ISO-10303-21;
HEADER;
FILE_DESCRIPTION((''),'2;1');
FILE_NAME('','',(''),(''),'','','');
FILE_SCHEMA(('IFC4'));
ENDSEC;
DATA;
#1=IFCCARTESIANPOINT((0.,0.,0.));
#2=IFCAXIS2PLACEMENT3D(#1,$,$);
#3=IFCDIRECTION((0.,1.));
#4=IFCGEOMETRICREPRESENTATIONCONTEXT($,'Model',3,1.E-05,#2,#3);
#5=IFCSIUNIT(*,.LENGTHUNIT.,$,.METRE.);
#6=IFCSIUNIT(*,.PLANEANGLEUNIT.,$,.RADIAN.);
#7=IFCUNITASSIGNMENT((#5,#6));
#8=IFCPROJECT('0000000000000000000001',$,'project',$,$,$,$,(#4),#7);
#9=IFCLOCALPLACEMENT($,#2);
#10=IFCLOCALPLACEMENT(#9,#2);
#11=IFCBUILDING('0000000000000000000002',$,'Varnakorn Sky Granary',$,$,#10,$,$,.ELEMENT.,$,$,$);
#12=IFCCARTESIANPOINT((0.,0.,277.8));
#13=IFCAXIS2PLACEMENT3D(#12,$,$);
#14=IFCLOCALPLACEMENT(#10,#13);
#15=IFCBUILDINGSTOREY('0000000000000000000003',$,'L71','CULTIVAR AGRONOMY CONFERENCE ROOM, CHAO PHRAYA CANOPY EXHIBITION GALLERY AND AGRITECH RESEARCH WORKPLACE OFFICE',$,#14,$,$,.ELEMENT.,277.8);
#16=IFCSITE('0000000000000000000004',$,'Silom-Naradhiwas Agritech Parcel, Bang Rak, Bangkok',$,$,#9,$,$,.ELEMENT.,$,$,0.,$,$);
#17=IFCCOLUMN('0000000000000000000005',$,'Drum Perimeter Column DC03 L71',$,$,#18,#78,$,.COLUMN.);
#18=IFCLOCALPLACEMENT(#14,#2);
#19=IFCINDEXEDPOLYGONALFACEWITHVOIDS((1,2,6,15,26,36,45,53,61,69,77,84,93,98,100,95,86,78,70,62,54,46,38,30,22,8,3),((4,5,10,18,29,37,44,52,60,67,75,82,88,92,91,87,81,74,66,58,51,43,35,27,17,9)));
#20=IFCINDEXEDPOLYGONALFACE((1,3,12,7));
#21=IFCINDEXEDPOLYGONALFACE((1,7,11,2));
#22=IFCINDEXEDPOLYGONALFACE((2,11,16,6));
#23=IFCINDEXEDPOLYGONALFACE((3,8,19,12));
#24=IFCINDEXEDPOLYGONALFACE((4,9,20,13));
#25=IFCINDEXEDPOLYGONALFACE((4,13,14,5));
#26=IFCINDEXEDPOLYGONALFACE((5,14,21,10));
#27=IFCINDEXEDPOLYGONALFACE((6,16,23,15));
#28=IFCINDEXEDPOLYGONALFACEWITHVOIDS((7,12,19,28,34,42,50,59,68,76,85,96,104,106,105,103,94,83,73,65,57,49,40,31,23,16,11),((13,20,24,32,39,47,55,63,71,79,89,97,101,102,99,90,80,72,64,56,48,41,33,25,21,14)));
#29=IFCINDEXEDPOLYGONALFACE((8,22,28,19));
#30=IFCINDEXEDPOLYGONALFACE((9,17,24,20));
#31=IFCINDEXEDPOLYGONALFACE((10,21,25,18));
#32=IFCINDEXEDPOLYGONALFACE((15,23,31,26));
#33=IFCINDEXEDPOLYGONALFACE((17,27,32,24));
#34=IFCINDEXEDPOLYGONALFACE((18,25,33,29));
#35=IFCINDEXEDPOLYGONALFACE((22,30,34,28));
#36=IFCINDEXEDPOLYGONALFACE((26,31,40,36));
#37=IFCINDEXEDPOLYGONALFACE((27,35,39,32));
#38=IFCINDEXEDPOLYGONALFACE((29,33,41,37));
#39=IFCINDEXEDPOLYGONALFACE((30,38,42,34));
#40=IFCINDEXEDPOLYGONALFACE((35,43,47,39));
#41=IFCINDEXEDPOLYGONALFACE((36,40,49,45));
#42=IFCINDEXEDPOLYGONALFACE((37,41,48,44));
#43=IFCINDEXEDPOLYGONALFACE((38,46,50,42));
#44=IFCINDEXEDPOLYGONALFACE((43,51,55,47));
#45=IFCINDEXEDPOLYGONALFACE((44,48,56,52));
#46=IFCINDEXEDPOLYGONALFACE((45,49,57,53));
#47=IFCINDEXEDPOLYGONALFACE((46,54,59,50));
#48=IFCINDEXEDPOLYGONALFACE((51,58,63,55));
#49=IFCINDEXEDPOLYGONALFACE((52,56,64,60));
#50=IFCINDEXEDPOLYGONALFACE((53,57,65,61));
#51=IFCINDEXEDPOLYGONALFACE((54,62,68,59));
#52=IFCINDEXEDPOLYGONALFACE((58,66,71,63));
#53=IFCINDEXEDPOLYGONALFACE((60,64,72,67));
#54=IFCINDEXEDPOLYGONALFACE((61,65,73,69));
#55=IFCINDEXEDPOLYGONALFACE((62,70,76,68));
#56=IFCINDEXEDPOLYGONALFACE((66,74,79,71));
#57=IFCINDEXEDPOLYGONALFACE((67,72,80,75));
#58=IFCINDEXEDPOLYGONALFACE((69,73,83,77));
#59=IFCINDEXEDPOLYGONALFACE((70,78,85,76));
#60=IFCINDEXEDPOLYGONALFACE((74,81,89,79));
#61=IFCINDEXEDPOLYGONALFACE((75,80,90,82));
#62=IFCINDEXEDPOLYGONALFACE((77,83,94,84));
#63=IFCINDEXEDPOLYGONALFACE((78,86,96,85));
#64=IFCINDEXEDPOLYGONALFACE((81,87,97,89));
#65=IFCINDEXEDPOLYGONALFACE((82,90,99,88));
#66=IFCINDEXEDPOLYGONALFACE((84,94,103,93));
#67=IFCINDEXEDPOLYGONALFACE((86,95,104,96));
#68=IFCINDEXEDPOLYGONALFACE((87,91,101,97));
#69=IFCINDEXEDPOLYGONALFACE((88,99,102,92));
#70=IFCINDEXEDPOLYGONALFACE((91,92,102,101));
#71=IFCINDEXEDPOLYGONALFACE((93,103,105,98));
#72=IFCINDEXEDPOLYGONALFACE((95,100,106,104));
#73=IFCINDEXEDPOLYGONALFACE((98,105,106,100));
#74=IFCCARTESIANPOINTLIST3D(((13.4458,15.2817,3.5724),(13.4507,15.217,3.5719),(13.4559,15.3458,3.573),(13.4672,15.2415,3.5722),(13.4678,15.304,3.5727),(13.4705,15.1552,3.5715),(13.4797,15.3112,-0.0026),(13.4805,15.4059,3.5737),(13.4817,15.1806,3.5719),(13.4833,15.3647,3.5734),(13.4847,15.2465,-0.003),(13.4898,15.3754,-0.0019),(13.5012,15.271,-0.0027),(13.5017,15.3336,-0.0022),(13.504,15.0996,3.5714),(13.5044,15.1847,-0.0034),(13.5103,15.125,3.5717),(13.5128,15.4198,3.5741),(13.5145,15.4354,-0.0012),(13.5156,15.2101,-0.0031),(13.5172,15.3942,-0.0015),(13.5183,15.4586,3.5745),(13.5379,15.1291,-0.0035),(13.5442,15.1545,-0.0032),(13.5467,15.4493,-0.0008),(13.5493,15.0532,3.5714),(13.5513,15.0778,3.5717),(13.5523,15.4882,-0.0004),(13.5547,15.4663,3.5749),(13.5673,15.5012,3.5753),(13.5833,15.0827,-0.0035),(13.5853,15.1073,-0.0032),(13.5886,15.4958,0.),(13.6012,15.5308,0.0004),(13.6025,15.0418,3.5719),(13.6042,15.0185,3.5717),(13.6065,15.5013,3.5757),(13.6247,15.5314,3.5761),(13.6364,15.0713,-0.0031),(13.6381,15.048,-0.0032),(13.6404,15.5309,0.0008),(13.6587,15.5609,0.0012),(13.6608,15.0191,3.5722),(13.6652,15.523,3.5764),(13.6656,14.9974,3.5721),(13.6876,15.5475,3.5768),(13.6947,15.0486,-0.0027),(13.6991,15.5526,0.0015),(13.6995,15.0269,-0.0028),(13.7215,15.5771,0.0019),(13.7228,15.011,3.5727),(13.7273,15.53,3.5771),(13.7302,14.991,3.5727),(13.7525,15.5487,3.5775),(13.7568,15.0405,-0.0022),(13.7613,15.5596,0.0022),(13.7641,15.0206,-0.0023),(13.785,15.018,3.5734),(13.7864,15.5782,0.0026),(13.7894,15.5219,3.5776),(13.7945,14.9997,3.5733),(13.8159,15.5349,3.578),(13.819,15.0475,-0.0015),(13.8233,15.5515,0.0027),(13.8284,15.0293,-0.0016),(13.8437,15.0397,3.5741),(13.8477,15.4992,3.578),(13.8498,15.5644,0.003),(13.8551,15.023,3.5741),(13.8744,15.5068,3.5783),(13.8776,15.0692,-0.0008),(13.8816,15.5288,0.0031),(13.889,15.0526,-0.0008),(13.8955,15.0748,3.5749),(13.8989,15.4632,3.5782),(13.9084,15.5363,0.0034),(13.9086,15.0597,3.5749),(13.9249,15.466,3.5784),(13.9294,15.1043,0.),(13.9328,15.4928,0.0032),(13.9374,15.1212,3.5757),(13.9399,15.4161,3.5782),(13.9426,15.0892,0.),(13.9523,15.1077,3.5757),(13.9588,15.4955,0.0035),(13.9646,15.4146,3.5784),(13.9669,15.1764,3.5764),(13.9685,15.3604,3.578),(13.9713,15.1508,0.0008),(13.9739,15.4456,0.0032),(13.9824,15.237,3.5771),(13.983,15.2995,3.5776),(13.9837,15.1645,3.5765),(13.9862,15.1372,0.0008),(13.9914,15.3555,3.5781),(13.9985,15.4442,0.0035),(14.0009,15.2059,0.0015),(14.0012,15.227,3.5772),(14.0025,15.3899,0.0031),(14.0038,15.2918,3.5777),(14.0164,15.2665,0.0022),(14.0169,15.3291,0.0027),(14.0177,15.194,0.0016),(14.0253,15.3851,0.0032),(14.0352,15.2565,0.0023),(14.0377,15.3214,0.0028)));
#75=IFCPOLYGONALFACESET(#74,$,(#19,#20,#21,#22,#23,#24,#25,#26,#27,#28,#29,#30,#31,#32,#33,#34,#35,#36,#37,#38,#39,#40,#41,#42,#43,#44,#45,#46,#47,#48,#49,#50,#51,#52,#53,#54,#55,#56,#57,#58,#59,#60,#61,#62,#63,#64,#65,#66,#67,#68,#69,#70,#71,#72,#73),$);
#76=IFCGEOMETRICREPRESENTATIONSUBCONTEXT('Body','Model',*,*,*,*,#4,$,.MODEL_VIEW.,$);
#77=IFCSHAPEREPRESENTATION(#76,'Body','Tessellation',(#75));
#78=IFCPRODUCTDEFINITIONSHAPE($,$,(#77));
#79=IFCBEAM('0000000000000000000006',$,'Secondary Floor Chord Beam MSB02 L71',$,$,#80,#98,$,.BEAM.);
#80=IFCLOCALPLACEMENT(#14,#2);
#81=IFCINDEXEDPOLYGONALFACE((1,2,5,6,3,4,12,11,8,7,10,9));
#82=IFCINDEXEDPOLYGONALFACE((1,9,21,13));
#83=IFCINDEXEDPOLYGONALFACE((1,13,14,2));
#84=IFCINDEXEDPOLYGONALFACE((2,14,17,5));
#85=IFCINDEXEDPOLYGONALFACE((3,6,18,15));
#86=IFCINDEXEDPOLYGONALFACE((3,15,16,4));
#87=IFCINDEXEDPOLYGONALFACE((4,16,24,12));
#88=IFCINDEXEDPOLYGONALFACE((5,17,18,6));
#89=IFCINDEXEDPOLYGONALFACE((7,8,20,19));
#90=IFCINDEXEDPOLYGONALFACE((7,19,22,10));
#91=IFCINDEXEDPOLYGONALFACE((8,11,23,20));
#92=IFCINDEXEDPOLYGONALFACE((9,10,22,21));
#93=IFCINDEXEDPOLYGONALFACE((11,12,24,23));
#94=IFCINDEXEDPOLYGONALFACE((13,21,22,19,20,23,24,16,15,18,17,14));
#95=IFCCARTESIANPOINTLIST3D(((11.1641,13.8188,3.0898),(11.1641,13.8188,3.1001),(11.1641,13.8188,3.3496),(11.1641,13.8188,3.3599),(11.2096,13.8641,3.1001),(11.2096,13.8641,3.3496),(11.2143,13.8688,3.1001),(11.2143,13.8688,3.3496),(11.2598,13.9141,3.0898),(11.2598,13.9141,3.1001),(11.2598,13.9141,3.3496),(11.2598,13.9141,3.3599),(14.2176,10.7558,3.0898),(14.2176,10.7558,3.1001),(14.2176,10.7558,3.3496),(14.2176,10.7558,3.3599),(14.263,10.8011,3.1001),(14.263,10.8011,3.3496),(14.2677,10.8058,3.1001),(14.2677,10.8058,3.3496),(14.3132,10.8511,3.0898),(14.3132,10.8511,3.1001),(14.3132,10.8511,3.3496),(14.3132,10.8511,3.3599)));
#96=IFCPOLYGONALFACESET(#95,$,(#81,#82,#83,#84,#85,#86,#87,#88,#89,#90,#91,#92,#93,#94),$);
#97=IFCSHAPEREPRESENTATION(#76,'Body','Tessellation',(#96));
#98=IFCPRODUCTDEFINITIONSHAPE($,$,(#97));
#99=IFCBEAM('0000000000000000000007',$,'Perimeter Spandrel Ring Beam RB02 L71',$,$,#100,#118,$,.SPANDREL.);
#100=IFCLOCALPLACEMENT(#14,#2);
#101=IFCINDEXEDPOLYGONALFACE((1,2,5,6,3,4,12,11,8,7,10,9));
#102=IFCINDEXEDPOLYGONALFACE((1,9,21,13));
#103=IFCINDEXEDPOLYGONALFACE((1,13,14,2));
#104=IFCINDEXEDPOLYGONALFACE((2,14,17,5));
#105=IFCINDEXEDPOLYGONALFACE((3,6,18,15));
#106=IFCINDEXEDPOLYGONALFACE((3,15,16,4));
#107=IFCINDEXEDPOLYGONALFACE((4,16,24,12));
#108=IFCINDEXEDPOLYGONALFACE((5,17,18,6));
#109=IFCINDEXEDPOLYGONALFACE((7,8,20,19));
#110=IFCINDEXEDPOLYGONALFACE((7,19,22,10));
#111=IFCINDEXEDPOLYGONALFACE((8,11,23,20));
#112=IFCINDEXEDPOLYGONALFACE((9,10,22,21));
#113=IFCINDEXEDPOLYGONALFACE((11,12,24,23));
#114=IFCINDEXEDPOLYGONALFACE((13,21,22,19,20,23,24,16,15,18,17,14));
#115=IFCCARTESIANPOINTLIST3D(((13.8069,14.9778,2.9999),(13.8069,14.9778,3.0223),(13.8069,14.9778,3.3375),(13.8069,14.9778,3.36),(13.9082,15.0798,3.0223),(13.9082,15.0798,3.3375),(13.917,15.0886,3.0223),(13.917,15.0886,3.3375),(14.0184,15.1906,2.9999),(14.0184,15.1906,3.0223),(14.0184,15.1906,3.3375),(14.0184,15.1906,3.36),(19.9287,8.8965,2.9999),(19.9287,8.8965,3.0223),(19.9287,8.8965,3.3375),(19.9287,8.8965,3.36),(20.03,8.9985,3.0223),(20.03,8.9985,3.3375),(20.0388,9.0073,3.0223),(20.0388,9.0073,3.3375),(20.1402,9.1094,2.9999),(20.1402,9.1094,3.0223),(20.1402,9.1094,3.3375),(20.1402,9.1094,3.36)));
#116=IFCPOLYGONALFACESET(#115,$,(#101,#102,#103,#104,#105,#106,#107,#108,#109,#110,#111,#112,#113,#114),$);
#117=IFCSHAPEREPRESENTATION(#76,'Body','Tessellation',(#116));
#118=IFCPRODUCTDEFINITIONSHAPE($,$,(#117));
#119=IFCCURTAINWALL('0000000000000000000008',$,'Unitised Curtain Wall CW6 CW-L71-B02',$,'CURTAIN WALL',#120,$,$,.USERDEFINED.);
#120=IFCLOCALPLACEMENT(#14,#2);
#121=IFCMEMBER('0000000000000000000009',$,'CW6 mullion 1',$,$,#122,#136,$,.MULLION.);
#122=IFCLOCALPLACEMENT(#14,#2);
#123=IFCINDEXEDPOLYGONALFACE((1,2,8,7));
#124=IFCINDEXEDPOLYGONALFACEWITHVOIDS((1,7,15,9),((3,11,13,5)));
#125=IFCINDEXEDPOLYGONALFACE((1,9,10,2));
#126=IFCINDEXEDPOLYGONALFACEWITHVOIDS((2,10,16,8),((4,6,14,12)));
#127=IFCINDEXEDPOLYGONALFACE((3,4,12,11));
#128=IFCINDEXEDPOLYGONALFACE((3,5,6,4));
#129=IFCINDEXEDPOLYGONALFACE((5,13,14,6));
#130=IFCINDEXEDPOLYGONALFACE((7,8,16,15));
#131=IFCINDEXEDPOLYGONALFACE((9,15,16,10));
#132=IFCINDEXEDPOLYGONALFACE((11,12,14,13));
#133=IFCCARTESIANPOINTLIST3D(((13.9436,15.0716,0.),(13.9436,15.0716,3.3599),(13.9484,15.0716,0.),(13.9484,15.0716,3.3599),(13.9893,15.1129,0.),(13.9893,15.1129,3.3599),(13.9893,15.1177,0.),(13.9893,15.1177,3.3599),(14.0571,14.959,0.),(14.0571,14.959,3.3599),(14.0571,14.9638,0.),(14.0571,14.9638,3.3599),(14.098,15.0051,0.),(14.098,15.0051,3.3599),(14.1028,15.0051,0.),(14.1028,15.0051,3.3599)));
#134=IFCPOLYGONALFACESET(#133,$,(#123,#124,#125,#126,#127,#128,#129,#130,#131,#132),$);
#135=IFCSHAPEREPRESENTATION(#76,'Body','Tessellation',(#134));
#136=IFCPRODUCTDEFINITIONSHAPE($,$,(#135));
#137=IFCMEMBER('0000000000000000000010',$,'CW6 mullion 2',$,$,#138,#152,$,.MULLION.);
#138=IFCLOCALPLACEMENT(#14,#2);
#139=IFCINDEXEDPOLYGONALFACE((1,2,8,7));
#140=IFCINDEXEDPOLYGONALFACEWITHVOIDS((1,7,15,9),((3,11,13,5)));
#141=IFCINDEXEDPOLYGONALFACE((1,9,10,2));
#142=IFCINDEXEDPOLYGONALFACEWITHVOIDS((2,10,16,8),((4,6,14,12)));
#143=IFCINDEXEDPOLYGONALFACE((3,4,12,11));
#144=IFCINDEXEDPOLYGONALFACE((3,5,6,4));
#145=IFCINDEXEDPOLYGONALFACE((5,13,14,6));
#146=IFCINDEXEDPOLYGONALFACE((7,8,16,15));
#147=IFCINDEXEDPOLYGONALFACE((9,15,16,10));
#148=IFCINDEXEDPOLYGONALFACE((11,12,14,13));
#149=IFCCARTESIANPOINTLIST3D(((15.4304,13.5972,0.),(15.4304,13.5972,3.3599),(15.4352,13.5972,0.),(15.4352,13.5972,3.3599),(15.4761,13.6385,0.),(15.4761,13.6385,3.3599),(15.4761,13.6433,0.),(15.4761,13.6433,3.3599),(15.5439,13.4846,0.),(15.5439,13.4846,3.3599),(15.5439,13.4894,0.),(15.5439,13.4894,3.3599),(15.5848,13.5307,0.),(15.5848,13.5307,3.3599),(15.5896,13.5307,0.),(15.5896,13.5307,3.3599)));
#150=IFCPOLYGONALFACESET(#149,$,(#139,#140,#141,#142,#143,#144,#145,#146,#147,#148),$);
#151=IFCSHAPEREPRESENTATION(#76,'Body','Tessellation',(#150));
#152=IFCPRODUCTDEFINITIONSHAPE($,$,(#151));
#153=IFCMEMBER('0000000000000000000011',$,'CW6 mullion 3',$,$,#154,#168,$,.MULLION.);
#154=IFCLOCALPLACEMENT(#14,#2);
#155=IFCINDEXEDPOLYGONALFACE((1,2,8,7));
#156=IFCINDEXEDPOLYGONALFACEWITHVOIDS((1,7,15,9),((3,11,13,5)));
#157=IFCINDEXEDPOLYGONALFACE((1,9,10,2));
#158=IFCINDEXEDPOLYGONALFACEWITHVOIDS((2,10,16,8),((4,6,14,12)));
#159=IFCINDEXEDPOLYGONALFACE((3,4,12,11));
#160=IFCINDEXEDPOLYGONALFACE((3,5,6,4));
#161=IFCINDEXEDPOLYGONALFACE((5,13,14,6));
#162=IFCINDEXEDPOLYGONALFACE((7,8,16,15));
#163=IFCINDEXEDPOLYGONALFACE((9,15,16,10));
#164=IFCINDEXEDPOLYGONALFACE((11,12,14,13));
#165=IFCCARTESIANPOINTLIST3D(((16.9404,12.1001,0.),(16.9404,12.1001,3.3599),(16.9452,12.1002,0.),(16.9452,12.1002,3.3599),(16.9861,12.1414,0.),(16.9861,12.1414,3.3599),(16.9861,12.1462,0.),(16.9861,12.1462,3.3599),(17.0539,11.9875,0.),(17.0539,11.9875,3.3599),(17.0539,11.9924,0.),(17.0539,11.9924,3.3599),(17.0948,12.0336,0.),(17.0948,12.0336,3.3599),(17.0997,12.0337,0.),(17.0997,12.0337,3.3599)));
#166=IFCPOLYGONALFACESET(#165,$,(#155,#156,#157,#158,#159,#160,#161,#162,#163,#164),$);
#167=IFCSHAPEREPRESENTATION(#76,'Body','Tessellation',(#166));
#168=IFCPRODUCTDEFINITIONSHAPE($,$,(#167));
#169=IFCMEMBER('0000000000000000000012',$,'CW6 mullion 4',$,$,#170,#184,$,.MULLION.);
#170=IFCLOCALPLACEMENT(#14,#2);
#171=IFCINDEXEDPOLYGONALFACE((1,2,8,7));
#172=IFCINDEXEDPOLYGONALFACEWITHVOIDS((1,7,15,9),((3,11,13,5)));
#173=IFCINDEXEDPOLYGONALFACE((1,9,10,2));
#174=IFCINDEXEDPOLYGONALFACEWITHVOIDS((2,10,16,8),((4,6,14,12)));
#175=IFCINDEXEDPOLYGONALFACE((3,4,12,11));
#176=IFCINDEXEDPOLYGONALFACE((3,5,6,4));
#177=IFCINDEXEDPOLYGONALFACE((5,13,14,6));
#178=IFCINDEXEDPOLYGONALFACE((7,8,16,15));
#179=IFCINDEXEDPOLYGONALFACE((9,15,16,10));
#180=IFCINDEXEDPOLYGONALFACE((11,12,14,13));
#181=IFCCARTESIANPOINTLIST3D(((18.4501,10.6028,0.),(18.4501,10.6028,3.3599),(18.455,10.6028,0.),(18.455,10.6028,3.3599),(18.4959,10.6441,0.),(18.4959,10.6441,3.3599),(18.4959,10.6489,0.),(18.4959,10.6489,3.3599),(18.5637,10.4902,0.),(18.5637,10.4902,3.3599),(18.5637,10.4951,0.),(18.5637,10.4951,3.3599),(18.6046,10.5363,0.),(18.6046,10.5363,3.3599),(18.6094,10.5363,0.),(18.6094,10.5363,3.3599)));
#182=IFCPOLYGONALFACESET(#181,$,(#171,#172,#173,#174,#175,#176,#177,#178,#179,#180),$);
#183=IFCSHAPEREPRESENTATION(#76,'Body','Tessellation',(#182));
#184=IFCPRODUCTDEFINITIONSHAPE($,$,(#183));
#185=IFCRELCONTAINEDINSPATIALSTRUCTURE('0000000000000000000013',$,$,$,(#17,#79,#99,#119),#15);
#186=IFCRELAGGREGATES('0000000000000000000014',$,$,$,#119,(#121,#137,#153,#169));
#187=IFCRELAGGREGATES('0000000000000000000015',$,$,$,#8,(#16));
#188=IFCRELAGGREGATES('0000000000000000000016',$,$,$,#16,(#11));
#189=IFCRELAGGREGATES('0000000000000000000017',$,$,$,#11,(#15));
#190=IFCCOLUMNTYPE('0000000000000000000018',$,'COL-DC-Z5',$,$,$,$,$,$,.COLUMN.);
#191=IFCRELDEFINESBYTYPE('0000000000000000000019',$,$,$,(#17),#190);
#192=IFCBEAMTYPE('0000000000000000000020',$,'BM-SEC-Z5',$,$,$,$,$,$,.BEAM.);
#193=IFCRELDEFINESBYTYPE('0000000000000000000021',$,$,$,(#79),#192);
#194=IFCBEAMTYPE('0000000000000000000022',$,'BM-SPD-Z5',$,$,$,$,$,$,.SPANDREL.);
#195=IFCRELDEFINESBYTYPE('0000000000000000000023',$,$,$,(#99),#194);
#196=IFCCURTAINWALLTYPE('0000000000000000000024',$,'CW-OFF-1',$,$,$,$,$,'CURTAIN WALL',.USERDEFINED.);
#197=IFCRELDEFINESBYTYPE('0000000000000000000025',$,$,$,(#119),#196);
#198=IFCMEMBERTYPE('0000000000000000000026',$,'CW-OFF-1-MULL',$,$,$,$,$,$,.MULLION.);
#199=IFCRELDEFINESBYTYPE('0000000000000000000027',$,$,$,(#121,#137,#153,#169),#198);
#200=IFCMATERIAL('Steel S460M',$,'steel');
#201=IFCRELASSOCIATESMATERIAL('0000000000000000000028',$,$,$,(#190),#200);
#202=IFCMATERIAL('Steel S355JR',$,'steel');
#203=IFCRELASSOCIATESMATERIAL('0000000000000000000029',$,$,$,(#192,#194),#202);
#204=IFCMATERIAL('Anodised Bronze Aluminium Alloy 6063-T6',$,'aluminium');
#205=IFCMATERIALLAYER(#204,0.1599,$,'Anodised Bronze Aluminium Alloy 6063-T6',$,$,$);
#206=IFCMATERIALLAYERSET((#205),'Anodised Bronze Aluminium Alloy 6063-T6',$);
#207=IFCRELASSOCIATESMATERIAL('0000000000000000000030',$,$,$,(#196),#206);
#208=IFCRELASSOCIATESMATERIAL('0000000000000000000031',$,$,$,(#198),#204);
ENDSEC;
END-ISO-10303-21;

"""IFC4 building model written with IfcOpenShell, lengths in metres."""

from ifc_helpers import new_model, si_unit, direction, frame, origin, origin_2d, place, context, subcontext, project, spatial, hollow_rectangle, hollow_circle, i_section, extrude, material, layer, layer_set, material_profile, profile_set, type_object, element, aggregate, save


model = new_model("IFC4")

# Units and contexts
model_context = context("Model", 3, precision=1e-05, world=origin(), true_north=direction((0.0, 1.0)))
body_context = subcontext(model_context, "Body", "Model", "MODEL_VIEW")
ifc_project = project(units=[si_unit("LENGTHUNIT", "METRE"), si_unit("PLANEANGLEUNIT", "RADIAN")], contexts=[model_context])

# Site, building, storey
site_placement = place(None, origin())
site = spatial("IfcSite", under=ifc_project, at=site_placement, Name="Silom-Naradhiwas Agritech Parcel, Bang Rak, Bangkok", CompositionType="ELEMENT", RefElevation=0.0)
building_placement = place(site_placement, origin())
building = spatial("IfcBuilding", under=site, at=building_placement, Name="Varnakorn Sky Granary", CompositionType="ELEMENT")
storey_placement = place(building_placement, frame((0.0, 0.0, 277.8)))
storey = spatial("IfcBuildingStorey", under=building, at=storey_placement, Name="L71", Description="CULTIVAR AGRONOMY CONFERENCE ROOM, CHAO PHRAYA CANOPY EXHIBITION GALLERY AND AGRITECH RESEARCH WORKPLACE OFFICE", CompositionType="ELEMENT", Elevation=277.8)

# Column
ifc_material_1 = material(Name="Steel S460M", Category="steel")
ifc_material_profile_1 = material_profile(ifc_material_1, hollow_circle(Radius=0.2795, WallThickness=0.02, at=origin_2d()), Name="CHS 559x20")
ifc_profile_set_1 = profile_set([ifc_material_profile_1], Name="Steel S460M")
column_type = type_object("IfcColumnType", Name="COL-DC-Z5", PredefinedType="COLUMN", material=ifc_profile_set_1)
column_placement = place(storey_placement, frame((13.759, 15.3, 0.0), z_axis=(-0.009492, -0.008263, 0.999921), x_axis=(0.656582, -0.754255, 0.0)))
element("IfcColumn", 1, at=column_placement, inside=storey, type_object=column_type, Name="Drum Perimeter Column DC03 L71", PredefinedType="COLUMN", context=body_context, shape_type="SweptSolid", body=[
    extrude(hollow_circle(Radius=0.2795, WallThickness=0.02, at=origin_2d()), origin(), (0.0, 0.0, 1.0), 3.5752),
])

# Beams
ifc_material_2 = material(Name="Steel S355JR", Category="steel")
ifc_material_profile_2 = material_profile(ifc_material_2, i_section(OverallWidth=0.135, OverallDepth=0.27, WebThickness=0.0066, FlangeThickness=0.0103, at=origin_2d()), Name="IPE 270")
ifc_profile_set_2 = profile_set([ifc_material_profile_2], Name="Steel S355JR")
beam_type_1 = type_object("IfcBeamType", Name="BM-SEC-Z5", PredefinedType="BEAM", material=ifc_profile_set_2)
beam_1_placement = place(storey_placement, frame((14.2654, 10.8035, 3.2249), z_axis=(-0.706005, 0.708207, 0.0), x_axis=(-0.708207, -0.706005, 0.0)))
element("IfcBeam", 2, at=beam_1_placement, inside=storey, type_object=beam_type_1, Name="Secondary Floor Chord Beam MSB02 L71", PredefinedType="BEAM", context=body_context, shape_type="SweptSolid", body=[
    extrude(i_section(OverallWidth=0.135, OverallDepth=0.27, WebThickness=0.0066, FlangeThickness=0.0103, at=origin_2d()), origin(), (0.0, 0.0, 1.0), 4.325),
])
ifc_material_profile_3 = material_profile(ifc_material_2, i_section(OverallWidth=0.3, OverallDepth=0.3601, WebThickness=0.0125, FlangeThickness=0.0225, at=origin_2d()), Name="HE 360 B")
ifc_profile_set_3 = profile_set([ifc_material_profile_3], Name="Steel S355JR")
beam_type_2 = type_object("IfcBeamType", Name="BM-SPD-Z5", PredefinedType="SPANDREL", material=ifc_profile_set_3)
beam_2_placement = place(storey_placement, frame((20.0344, 9.0029, 3.1799), z_axis=(-0.709451, 0.704755, 0.0), x_axis=(-0.704755, -0.709451, 0.0)))
element("IfcBeam", 3, at=beam_2_placement, inside=storey, type_object=beam_type_2, Name="Perimeter Spandrel Ring Beam RB02 L71", PredefinedType="SPANDREL", context=body_context, shape_type="SweptSolid", body=[
    extrude(i_section(OverallWidth=0.3, OverallDepth=0.3601, WebThickness=0.0125, FlangeThickness=0.0225, at=origin_2d()), origin(), (0.0, 0.0, 1.0), 8.6289),
])

# Curtain wall, members
ifc_material_3 = material(Name="Anodised Bronze Aluminium Alloy 6063-T6", Category="aluminium")
ifc_layer_1 = layer(ifc_material_3, 0.1599, Name="Anodised Bronze Aluminium Alloy 6063-T6")
ifc_layer_set_1 = layer_set([ifc_layer_1], Name="Anodised Bronze Aluminium Alloy 6063-T6")
curtain_wall_type = type_object("IfcCurtainWallType", Name="CW-OFF-1", ElementType="CURTAIN WALL", PredefinedType="USERDEFINED", material=ifc_layer_set_1)
curtain_wall_placement = place(storey_placement, origin())
curtain_wall = element("IfcCurtainWall", 4, at=curtain_wall_placement, inside=storey, type_object=curtain_wall_type, Name="Unitised Curtain Wall CW6 CW-L71-B02", ObjectType="CURTAIN WALL", PredefinedType="USERDEFINED")
ifc_material_profile_4 = material_profile(ifc_material_3, hollow_rectangle(XDim=0.0649, YDim=0.1599, WallThickness=0.0034, at=origin_2d()), Name="ALU MULL 65x160")
ifc_profile_set_4 = profile_set([ifc_material_profile_4], Name="Anodised Bronze Aluminium Alloy 6063-T6")
member_type_1 = type_object("IfcMemberType", Name="CW-OFF-1-MULL", PredefinedType="MULLION", material=ifc_profile_set_4)
member_1_placement = place(storey_placement, frame((14.0232, 15.0383, 0.0), z_axis=(0.0, 0.0, 1.0), x_axis=(0.704102, 0.710099, 0.0)))
member_1 = element("IfcMember", 5, at=member_1_placement, type_object=member_type_1, Name="CW6 mullion 1", PredefinedType="MULLION", context=body_context, shape_type="SweptSolid", body=[
    extrude(hollow_rectangle(XDim=0.0649, YDim=0.1599, WallThickness=0.0034, at=origin_2d()), origin(), (0.0, 0.0, 1.0), 3.3599),
])
member_2_placement = place(storey_placement, frame((15.51, 13.564, 0.0), z_axis=(0.0, 0.0, 1.0), x_axis=(0.704102, 0.710099, 0.0)))
member_2 = element("IfcMember", 6, at=member_2_placement, type_object=member_type_1, Name="CW6 mullion 2", PredefinedType="MULLION", context=body_context, shape_type="SweptSolid", body=[
    extrude(hollow_rectangle(XDim=0.0649, YDim=0.1599, WallThickness=0.0034, at=origin_2d()), origin(), (0.0, 0.0, 1.0), 3.3599),
])
member_3_placement = place(storey_placement, frame((17.02, 12.0669, 0.0), z_axis=(0.0, 0.0, 1.0), x_axis=(0.704102, 0.710099, 0.0)))
member_3 = element("IfcMember", 7, at=member_3_placement, type_object=member_type_1, Name="CW6 mullion 3", PredefinedType="MULLION", context=body_context, shape_type="SweptSolid", body=[
    extrude(hollow_rectangle(XDim=0.0649, YDim=0.1599, WallThickness=0.0034, at=origin_2d()), origin(), (0.0, 0.0, 1.0), 3.3599),
])
member_4_placement = place(storey_placement, frame((18.5298, 10.5696, 0.0), z_axis=(0.0, 0.0, 1.0), x_axis=(0.704102, 0.710099, 0.0)))
member_4 = element("IfcMember", 8, at=member_4_placement, type_object=member_type_1, Name="CW6 mullion 4", PredefinedType="MULLION", context=body_context, shape_type="SweptSolid", body=[
    extrude(hollow_rectangle(XDim=0.0649, YDim=0.1599, WallThickness=0.0034, at=origin_2d()), origin(), (0.0, 0.0, 1.0), 3.3599),
])

aggregate(curtain_wall, [member_1, member_2, member_3, member_4])

save(model, "model.ifc")
